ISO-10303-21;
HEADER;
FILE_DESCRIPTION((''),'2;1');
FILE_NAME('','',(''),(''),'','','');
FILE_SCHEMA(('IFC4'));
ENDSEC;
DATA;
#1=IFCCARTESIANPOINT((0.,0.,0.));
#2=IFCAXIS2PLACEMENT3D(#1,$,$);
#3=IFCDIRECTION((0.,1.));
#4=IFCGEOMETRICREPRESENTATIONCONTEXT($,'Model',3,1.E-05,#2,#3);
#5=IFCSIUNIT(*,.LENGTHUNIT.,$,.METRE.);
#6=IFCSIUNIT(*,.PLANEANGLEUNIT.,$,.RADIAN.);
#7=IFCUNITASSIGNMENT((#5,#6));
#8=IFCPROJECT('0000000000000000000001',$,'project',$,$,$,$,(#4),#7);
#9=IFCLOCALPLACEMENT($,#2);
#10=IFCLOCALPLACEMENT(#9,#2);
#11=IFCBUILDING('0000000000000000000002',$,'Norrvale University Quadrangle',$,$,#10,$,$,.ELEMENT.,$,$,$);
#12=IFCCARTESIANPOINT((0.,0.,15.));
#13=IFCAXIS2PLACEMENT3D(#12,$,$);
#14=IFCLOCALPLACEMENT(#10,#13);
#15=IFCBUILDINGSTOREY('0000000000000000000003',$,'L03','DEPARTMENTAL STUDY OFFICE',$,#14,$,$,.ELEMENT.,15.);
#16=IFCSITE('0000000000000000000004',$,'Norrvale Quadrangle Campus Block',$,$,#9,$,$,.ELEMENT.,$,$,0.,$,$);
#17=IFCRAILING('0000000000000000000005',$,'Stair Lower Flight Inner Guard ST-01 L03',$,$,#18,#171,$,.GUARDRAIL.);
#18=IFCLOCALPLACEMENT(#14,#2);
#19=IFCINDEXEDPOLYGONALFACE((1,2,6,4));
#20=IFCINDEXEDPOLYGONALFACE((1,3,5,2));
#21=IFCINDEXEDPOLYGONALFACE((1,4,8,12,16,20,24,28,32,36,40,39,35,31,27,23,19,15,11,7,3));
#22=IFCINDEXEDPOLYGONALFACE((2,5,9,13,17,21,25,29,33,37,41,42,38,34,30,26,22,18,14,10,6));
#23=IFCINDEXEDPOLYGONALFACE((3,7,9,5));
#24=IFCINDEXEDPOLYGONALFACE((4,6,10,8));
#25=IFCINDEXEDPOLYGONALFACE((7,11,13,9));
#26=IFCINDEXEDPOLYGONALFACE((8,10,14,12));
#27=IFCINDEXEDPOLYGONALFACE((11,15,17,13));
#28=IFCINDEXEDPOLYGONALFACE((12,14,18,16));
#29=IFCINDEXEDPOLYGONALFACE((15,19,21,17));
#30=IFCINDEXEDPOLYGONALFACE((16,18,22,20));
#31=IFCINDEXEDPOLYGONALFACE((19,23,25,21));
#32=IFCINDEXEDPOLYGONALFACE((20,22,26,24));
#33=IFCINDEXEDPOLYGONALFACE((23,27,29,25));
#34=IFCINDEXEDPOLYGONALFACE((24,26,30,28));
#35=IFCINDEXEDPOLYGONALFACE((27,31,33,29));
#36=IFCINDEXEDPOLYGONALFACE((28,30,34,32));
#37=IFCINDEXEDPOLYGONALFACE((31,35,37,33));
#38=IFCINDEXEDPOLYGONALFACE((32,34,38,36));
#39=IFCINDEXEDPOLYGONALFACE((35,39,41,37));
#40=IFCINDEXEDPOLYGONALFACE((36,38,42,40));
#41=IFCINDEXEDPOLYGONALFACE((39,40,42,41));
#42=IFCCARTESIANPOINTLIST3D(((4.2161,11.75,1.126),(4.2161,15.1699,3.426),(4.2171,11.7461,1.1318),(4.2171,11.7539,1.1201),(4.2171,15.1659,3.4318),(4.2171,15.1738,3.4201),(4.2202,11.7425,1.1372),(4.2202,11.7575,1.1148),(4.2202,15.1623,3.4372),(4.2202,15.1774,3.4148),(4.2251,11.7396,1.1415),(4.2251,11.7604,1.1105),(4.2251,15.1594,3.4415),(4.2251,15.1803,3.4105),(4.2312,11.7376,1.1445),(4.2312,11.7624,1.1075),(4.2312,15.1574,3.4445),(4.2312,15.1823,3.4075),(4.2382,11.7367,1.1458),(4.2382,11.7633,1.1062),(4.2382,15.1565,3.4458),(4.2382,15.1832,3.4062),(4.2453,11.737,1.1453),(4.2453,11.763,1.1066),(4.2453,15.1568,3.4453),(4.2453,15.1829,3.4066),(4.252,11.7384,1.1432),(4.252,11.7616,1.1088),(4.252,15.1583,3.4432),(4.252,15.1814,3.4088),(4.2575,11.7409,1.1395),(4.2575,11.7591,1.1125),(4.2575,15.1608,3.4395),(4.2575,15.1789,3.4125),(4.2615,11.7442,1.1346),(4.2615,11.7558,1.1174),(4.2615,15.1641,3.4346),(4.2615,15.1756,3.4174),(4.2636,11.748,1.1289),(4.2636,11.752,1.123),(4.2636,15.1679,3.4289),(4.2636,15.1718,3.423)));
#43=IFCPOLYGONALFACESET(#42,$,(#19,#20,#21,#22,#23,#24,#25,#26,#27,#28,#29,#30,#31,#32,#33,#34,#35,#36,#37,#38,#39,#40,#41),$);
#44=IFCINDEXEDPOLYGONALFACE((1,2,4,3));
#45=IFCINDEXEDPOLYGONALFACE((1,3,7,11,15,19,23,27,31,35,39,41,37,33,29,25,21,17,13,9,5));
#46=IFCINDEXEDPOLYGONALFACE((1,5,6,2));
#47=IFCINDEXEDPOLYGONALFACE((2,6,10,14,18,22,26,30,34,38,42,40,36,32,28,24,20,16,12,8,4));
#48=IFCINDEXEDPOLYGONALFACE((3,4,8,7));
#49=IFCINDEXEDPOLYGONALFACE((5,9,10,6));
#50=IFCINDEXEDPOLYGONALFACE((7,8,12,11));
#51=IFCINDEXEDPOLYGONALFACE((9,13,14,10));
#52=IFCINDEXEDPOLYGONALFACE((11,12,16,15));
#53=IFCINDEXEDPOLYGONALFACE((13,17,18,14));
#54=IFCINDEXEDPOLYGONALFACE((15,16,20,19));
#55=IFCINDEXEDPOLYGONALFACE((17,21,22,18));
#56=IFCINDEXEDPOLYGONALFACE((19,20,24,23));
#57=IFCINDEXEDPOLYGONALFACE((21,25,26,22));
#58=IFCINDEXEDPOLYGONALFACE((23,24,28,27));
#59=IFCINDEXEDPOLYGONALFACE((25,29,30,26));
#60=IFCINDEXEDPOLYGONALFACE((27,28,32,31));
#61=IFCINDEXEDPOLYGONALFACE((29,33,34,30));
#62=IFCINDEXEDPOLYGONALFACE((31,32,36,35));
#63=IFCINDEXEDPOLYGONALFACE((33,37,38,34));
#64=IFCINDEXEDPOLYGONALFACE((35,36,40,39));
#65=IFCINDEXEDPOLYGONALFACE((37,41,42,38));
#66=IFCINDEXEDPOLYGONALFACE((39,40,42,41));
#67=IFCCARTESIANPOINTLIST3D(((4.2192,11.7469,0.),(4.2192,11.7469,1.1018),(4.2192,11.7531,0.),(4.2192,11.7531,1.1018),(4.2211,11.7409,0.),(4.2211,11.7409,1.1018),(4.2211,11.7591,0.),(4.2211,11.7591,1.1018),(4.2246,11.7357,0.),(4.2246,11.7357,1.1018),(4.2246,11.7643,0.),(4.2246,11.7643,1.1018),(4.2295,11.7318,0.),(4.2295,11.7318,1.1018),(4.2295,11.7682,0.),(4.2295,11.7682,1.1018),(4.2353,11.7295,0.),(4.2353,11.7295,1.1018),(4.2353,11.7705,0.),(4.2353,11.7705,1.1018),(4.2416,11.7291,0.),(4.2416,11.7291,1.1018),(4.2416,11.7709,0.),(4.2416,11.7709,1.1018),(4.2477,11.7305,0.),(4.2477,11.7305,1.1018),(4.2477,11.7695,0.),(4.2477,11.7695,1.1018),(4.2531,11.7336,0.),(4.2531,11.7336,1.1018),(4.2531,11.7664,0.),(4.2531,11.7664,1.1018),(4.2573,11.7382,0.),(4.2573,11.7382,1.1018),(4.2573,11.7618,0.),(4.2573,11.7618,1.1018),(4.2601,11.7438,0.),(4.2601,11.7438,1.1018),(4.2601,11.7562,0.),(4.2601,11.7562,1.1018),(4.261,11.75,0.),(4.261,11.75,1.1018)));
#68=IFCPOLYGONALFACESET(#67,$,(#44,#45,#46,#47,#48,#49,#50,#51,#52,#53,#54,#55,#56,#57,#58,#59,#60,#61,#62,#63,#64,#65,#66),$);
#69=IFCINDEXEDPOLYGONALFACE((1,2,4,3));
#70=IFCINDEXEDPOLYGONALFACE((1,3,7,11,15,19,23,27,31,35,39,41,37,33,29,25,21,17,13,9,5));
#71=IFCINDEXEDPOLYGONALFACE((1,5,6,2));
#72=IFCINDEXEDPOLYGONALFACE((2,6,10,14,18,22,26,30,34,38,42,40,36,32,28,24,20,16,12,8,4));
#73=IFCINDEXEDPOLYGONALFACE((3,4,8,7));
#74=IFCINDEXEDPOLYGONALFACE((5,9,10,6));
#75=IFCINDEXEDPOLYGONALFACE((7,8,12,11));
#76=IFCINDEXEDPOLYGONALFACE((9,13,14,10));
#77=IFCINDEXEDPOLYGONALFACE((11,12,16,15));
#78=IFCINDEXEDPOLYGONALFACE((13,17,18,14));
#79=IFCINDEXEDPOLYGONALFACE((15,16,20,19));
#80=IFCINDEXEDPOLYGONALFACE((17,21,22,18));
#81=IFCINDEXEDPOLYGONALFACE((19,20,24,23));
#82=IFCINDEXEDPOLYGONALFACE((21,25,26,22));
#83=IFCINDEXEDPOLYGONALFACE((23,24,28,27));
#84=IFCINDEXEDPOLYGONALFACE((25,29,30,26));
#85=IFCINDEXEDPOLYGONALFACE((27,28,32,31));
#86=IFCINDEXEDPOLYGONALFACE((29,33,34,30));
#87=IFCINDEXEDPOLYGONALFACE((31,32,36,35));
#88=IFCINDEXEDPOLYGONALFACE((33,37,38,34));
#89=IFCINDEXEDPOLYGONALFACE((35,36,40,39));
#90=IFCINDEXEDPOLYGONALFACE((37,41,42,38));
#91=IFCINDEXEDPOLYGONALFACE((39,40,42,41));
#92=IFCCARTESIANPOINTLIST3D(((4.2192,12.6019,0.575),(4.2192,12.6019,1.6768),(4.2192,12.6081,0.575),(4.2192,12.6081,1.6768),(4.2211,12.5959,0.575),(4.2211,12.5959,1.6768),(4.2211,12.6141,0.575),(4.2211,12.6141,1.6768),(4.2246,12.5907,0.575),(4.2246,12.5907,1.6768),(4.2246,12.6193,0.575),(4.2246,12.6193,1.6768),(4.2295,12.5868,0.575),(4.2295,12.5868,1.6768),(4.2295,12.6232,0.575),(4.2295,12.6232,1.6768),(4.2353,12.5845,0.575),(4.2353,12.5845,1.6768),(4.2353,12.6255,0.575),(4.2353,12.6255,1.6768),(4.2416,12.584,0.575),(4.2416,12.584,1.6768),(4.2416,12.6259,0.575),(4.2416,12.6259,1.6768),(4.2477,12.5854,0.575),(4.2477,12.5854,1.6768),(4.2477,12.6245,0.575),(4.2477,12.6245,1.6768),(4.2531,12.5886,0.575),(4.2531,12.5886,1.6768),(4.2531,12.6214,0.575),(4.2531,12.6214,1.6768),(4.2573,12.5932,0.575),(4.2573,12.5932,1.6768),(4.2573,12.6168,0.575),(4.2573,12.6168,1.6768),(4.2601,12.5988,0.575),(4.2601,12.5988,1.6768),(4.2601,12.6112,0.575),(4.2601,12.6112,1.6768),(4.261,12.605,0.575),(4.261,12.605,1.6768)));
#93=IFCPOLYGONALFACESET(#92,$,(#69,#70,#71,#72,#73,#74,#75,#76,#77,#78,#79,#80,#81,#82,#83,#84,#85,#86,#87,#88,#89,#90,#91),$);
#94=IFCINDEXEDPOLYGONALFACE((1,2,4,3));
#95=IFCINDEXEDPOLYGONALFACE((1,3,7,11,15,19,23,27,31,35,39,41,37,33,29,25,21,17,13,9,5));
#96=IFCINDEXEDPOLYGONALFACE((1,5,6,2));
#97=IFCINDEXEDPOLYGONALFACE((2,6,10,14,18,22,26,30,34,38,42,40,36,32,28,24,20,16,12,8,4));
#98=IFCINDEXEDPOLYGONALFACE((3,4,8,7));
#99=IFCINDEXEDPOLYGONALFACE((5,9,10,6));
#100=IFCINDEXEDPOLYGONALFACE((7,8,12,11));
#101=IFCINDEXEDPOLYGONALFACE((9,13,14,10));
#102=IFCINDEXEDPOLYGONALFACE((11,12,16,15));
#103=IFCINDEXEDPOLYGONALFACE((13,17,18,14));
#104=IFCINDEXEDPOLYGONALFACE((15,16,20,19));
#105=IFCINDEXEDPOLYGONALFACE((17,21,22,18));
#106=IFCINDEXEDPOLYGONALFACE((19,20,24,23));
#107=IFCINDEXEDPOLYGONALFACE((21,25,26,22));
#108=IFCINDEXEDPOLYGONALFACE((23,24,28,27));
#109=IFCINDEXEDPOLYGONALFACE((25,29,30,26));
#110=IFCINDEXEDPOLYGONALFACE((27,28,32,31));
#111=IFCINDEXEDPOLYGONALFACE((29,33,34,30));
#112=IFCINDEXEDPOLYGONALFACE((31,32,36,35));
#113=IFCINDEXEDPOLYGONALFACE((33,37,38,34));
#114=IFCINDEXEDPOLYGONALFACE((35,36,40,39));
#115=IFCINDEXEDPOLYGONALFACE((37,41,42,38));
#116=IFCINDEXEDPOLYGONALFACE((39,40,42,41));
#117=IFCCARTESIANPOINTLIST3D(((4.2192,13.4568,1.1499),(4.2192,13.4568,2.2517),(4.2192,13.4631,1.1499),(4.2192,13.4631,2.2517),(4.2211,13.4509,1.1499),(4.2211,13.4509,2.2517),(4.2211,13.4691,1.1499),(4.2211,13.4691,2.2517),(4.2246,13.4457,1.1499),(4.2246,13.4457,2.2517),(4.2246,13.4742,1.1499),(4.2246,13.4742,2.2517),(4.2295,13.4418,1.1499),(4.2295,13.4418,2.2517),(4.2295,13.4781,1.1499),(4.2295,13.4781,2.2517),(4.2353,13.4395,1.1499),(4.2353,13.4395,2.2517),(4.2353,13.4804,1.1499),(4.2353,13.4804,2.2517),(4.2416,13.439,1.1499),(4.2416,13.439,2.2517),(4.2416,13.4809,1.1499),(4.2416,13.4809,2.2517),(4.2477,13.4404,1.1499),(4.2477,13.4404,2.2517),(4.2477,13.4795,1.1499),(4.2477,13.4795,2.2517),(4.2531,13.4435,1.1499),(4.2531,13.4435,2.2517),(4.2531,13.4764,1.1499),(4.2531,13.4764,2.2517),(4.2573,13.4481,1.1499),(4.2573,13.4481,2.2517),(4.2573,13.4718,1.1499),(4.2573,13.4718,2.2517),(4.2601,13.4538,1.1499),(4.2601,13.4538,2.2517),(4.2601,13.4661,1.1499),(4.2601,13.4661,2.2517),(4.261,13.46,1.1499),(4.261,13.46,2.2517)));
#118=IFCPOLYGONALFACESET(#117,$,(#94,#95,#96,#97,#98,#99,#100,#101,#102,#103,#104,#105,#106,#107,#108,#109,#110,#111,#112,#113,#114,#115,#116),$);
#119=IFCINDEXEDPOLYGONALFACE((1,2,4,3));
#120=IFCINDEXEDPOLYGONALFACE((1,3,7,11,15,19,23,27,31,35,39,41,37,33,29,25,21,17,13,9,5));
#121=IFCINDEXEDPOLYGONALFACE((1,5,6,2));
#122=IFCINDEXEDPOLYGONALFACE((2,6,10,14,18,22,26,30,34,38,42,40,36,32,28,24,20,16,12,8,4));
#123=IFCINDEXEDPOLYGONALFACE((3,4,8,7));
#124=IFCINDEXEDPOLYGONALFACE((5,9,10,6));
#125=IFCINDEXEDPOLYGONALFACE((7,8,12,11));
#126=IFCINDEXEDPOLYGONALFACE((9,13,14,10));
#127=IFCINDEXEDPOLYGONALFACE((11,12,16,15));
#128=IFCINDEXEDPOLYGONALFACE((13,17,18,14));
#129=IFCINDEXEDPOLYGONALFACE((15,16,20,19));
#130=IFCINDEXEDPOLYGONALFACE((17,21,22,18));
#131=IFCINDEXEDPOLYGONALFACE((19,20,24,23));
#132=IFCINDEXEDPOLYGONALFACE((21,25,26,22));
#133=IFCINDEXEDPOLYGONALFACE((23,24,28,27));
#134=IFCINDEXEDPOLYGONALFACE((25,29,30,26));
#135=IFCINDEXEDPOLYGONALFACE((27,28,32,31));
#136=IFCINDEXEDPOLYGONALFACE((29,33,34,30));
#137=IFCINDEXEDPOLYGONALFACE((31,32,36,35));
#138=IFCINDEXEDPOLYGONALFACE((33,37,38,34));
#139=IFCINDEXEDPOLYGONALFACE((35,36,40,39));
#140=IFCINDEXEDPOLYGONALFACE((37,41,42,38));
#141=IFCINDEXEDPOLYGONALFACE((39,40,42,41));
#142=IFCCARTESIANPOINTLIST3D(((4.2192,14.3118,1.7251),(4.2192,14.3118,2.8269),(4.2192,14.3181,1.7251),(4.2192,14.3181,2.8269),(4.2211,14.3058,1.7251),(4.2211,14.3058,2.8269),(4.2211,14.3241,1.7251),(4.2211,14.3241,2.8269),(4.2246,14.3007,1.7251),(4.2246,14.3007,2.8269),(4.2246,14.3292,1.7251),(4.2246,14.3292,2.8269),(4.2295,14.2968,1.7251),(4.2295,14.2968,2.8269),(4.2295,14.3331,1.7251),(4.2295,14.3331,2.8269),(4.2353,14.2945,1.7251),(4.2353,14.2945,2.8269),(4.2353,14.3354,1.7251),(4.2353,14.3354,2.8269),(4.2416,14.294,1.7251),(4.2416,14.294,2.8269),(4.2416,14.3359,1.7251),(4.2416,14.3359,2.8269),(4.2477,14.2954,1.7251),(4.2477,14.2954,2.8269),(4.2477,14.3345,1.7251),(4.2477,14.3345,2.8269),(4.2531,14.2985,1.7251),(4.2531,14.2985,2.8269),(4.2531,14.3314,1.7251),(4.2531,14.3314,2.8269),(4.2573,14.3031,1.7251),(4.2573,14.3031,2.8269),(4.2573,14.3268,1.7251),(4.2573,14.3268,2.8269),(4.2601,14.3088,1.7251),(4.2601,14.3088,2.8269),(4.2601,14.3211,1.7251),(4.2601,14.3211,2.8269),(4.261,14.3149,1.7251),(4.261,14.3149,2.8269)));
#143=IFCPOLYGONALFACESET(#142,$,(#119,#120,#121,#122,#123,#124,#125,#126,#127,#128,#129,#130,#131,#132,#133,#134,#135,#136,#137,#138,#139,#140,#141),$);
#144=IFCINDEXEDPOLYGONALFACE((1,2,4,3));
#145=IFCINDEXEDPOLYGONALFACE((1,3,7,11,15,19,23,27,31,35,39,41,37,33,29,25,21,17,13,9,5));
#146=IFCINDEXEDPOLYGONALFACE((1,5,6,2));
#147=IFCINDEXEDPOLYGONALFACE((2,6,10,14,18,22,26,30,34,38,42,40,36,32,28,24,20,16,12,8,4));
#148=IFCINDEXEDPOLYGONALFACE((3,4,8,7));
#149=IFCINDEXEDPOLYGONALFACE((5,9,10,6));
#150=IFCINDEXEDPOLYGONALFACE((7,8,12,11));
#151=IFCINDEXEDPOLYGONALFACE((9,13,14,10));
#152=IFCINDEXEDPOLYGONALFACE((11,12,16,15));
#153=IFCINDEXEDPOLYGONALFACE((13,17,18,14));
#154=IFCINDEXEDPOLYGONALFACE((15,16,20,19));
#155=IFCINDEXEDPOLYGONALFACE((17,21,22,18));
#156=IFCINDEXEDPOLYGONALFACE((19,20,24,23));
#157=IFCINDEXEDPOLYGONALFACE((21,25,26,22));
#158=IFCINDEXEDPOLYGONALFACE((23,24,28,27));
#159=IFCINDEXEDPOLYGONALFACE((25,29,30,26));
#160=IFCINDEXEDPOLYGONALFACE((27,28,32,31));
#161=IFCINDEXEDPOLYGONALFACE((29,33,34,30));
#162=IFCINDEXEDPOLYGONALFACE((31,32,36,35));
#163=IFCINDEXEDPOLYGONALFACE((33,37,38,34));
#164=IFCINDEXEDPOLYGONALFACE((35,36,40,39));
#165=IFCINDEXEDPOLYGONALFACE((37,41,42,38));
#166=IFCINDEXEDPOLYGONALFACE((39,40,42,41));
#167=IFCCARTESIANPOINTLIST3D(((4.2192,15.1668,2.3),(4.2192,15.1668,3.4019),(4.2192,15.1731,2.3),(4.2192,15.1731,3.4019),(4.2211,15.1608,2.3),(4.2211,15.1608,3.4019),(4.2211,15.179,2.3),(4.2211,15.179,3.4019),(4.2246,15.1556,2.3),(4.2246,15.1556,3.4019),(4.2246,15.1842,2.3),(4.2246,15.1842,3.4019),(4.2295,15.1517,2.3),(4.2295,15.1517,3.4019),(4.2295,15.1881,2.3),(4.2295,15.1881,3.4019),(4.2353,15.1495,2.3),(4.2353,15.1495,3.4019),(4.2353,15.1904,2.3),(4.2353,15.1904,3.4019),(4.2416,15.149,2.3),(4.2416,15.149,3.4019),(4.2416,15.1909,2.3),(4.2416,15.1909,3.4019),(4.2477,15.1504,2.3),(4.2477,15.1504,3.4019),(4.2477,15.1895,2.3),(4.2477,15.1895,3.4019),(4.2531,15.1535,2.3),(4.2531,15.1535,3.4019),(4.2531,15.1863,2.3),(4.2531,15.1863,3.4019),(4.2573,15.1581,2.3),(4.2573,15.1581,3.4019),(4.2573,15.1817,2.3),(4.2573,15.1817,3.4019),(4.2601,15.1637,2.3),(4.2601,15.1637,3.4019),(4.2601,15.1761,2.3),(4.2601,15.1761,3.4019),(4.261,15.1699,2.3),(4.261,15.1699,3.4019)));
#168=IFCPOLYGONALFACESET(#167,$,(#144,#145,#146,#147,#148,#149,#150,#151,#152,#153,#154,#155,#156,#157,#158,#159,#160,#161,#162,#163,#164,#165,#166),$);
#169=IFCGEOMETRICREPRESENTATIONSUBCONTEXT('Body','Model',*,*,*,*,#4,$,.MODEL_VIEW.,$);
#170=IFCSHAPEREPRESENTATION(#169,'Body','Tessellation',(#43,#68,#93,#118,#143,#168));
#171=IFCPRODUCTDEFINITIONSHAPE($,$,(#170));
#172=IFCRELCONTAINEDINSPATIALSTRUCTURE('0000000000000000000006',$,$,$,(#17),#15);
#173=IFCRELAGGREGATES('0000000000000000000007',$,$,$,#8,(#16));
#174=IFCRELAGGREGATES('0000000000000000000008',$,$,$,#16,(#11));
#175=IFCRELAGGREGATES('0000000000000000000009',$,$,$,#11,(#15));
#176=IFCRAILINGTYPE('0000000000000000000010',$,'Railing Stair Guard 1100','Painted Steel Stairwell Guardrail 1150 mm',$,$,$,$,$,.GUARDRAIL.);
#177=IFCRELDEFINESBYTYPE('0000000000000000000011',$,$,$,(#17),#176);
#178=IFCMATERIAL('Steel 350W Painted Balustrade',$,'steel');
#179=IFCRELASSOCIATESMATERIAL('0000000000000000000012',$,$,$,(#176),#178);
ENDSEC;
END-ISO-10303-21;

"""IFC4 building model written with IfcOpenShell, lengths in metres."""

from ifc_helpers import new_model, si_unit, direction, frame, origin, origin_2d, place, context, subcontext, project, spatial, circle, extrude, material, type_object, element, save


model = new_model("IFC4")

# Units and contexts
model_context = context("Model", 3, precision=1e-05, world=origin(), true_north=direction((0.0, 1.0)))
body_context = subcontext(model_context, "Body", "Model", "MODEL_VIEW")
ifc_project = project(units=[si_unit("LENGTHUNIT", "METRE"), si_unit("PLANEANGLEUNIT", "RADIAN")], contexts=[model_context])

# Site, building, storey
site_placement = place(None, origin())
site = spatial("IfcSite", under=ifc_project, at=site_placement, Name="Norrvale Quadrangle Campus Block", CompositionType="ELEMENT", RefElevation=0.0)
building_placement = place(site_placement, origin())
building = spatial("IfcBuilding", under=site, at=building_placement, Name="Norrvale University Quadrangle", CompositionType="ELEMENT")
storey_placement = place(building_placement, frame((0.0, 0.0, 15.0)))
storey = spatial("IfcBuildingStorey", under=building, at=storey_placement, Name="L03", Description="DEPARTMENTAL STUDY OFFICE", CompositionType="ELEMENT", Elevation=15.0)

# Railing
ifc_material_1 = material(Name="Steel 350W Painted Balustrade", Category="steel")
railing_type_1 = type_object("IfcRailingType", Name="Railing Stair Guard 1100", Description="Painted Steel Stairwell Guardrail 1150 mm", PredefinedType="GUARDRAIL", material=ifc_material_1)
railing_1_placement = place(storey_placement, frame((4.24, 11.75, 0.0)))
element("IfcRailing", 1, at=railing_1_placement, inside=storey, type_object=railing_type_1, Name="Stair Lower Flight Inner Guard ST-01 L03", PredefinedType="GUARDRAIL", context=body_context, shape_type="SweptSolid", body=[
    extrude(circle(Radius=0.0239, at=origin_2d()), frame((0.0, 0.0, 1.126), z_axis=(0.0, 0.829792, 0.558072), x_axis=(-1.0, 0.0, 0.0)), (0.0, 0.0, 1.0), 4.1213),
    extrude(circle(Radius=0.021, at=origin_2d()), origin(), (0.0, 0.0, 1.0), 1.1018),
    extrude(circle(Radius=0.021, at=origin_2d()), frame((0.0, 0.855, 0.575)), (0.0, 0.0, 1.0), 1.1018),
    extrude(circle(Radius=0.021, at=origin_2d()), frame((0.0, 1.71, 1.1499)), (0.0, 0.0, 1.0), 1.1018),
    extrude(circle(Radius=0.021, at=origin_2d()), frame((0.0, 2.5649, 1.7251)), (0.0, 0.0, 1.0), 1.1018),
    extrude(circle(Radius=0.021, at=origin_2d()), frame((0.0, 3.4199, 2.3)), (0.0, 0.0, 1.0), 1.1018),
])

save(model, "model.ifc")
